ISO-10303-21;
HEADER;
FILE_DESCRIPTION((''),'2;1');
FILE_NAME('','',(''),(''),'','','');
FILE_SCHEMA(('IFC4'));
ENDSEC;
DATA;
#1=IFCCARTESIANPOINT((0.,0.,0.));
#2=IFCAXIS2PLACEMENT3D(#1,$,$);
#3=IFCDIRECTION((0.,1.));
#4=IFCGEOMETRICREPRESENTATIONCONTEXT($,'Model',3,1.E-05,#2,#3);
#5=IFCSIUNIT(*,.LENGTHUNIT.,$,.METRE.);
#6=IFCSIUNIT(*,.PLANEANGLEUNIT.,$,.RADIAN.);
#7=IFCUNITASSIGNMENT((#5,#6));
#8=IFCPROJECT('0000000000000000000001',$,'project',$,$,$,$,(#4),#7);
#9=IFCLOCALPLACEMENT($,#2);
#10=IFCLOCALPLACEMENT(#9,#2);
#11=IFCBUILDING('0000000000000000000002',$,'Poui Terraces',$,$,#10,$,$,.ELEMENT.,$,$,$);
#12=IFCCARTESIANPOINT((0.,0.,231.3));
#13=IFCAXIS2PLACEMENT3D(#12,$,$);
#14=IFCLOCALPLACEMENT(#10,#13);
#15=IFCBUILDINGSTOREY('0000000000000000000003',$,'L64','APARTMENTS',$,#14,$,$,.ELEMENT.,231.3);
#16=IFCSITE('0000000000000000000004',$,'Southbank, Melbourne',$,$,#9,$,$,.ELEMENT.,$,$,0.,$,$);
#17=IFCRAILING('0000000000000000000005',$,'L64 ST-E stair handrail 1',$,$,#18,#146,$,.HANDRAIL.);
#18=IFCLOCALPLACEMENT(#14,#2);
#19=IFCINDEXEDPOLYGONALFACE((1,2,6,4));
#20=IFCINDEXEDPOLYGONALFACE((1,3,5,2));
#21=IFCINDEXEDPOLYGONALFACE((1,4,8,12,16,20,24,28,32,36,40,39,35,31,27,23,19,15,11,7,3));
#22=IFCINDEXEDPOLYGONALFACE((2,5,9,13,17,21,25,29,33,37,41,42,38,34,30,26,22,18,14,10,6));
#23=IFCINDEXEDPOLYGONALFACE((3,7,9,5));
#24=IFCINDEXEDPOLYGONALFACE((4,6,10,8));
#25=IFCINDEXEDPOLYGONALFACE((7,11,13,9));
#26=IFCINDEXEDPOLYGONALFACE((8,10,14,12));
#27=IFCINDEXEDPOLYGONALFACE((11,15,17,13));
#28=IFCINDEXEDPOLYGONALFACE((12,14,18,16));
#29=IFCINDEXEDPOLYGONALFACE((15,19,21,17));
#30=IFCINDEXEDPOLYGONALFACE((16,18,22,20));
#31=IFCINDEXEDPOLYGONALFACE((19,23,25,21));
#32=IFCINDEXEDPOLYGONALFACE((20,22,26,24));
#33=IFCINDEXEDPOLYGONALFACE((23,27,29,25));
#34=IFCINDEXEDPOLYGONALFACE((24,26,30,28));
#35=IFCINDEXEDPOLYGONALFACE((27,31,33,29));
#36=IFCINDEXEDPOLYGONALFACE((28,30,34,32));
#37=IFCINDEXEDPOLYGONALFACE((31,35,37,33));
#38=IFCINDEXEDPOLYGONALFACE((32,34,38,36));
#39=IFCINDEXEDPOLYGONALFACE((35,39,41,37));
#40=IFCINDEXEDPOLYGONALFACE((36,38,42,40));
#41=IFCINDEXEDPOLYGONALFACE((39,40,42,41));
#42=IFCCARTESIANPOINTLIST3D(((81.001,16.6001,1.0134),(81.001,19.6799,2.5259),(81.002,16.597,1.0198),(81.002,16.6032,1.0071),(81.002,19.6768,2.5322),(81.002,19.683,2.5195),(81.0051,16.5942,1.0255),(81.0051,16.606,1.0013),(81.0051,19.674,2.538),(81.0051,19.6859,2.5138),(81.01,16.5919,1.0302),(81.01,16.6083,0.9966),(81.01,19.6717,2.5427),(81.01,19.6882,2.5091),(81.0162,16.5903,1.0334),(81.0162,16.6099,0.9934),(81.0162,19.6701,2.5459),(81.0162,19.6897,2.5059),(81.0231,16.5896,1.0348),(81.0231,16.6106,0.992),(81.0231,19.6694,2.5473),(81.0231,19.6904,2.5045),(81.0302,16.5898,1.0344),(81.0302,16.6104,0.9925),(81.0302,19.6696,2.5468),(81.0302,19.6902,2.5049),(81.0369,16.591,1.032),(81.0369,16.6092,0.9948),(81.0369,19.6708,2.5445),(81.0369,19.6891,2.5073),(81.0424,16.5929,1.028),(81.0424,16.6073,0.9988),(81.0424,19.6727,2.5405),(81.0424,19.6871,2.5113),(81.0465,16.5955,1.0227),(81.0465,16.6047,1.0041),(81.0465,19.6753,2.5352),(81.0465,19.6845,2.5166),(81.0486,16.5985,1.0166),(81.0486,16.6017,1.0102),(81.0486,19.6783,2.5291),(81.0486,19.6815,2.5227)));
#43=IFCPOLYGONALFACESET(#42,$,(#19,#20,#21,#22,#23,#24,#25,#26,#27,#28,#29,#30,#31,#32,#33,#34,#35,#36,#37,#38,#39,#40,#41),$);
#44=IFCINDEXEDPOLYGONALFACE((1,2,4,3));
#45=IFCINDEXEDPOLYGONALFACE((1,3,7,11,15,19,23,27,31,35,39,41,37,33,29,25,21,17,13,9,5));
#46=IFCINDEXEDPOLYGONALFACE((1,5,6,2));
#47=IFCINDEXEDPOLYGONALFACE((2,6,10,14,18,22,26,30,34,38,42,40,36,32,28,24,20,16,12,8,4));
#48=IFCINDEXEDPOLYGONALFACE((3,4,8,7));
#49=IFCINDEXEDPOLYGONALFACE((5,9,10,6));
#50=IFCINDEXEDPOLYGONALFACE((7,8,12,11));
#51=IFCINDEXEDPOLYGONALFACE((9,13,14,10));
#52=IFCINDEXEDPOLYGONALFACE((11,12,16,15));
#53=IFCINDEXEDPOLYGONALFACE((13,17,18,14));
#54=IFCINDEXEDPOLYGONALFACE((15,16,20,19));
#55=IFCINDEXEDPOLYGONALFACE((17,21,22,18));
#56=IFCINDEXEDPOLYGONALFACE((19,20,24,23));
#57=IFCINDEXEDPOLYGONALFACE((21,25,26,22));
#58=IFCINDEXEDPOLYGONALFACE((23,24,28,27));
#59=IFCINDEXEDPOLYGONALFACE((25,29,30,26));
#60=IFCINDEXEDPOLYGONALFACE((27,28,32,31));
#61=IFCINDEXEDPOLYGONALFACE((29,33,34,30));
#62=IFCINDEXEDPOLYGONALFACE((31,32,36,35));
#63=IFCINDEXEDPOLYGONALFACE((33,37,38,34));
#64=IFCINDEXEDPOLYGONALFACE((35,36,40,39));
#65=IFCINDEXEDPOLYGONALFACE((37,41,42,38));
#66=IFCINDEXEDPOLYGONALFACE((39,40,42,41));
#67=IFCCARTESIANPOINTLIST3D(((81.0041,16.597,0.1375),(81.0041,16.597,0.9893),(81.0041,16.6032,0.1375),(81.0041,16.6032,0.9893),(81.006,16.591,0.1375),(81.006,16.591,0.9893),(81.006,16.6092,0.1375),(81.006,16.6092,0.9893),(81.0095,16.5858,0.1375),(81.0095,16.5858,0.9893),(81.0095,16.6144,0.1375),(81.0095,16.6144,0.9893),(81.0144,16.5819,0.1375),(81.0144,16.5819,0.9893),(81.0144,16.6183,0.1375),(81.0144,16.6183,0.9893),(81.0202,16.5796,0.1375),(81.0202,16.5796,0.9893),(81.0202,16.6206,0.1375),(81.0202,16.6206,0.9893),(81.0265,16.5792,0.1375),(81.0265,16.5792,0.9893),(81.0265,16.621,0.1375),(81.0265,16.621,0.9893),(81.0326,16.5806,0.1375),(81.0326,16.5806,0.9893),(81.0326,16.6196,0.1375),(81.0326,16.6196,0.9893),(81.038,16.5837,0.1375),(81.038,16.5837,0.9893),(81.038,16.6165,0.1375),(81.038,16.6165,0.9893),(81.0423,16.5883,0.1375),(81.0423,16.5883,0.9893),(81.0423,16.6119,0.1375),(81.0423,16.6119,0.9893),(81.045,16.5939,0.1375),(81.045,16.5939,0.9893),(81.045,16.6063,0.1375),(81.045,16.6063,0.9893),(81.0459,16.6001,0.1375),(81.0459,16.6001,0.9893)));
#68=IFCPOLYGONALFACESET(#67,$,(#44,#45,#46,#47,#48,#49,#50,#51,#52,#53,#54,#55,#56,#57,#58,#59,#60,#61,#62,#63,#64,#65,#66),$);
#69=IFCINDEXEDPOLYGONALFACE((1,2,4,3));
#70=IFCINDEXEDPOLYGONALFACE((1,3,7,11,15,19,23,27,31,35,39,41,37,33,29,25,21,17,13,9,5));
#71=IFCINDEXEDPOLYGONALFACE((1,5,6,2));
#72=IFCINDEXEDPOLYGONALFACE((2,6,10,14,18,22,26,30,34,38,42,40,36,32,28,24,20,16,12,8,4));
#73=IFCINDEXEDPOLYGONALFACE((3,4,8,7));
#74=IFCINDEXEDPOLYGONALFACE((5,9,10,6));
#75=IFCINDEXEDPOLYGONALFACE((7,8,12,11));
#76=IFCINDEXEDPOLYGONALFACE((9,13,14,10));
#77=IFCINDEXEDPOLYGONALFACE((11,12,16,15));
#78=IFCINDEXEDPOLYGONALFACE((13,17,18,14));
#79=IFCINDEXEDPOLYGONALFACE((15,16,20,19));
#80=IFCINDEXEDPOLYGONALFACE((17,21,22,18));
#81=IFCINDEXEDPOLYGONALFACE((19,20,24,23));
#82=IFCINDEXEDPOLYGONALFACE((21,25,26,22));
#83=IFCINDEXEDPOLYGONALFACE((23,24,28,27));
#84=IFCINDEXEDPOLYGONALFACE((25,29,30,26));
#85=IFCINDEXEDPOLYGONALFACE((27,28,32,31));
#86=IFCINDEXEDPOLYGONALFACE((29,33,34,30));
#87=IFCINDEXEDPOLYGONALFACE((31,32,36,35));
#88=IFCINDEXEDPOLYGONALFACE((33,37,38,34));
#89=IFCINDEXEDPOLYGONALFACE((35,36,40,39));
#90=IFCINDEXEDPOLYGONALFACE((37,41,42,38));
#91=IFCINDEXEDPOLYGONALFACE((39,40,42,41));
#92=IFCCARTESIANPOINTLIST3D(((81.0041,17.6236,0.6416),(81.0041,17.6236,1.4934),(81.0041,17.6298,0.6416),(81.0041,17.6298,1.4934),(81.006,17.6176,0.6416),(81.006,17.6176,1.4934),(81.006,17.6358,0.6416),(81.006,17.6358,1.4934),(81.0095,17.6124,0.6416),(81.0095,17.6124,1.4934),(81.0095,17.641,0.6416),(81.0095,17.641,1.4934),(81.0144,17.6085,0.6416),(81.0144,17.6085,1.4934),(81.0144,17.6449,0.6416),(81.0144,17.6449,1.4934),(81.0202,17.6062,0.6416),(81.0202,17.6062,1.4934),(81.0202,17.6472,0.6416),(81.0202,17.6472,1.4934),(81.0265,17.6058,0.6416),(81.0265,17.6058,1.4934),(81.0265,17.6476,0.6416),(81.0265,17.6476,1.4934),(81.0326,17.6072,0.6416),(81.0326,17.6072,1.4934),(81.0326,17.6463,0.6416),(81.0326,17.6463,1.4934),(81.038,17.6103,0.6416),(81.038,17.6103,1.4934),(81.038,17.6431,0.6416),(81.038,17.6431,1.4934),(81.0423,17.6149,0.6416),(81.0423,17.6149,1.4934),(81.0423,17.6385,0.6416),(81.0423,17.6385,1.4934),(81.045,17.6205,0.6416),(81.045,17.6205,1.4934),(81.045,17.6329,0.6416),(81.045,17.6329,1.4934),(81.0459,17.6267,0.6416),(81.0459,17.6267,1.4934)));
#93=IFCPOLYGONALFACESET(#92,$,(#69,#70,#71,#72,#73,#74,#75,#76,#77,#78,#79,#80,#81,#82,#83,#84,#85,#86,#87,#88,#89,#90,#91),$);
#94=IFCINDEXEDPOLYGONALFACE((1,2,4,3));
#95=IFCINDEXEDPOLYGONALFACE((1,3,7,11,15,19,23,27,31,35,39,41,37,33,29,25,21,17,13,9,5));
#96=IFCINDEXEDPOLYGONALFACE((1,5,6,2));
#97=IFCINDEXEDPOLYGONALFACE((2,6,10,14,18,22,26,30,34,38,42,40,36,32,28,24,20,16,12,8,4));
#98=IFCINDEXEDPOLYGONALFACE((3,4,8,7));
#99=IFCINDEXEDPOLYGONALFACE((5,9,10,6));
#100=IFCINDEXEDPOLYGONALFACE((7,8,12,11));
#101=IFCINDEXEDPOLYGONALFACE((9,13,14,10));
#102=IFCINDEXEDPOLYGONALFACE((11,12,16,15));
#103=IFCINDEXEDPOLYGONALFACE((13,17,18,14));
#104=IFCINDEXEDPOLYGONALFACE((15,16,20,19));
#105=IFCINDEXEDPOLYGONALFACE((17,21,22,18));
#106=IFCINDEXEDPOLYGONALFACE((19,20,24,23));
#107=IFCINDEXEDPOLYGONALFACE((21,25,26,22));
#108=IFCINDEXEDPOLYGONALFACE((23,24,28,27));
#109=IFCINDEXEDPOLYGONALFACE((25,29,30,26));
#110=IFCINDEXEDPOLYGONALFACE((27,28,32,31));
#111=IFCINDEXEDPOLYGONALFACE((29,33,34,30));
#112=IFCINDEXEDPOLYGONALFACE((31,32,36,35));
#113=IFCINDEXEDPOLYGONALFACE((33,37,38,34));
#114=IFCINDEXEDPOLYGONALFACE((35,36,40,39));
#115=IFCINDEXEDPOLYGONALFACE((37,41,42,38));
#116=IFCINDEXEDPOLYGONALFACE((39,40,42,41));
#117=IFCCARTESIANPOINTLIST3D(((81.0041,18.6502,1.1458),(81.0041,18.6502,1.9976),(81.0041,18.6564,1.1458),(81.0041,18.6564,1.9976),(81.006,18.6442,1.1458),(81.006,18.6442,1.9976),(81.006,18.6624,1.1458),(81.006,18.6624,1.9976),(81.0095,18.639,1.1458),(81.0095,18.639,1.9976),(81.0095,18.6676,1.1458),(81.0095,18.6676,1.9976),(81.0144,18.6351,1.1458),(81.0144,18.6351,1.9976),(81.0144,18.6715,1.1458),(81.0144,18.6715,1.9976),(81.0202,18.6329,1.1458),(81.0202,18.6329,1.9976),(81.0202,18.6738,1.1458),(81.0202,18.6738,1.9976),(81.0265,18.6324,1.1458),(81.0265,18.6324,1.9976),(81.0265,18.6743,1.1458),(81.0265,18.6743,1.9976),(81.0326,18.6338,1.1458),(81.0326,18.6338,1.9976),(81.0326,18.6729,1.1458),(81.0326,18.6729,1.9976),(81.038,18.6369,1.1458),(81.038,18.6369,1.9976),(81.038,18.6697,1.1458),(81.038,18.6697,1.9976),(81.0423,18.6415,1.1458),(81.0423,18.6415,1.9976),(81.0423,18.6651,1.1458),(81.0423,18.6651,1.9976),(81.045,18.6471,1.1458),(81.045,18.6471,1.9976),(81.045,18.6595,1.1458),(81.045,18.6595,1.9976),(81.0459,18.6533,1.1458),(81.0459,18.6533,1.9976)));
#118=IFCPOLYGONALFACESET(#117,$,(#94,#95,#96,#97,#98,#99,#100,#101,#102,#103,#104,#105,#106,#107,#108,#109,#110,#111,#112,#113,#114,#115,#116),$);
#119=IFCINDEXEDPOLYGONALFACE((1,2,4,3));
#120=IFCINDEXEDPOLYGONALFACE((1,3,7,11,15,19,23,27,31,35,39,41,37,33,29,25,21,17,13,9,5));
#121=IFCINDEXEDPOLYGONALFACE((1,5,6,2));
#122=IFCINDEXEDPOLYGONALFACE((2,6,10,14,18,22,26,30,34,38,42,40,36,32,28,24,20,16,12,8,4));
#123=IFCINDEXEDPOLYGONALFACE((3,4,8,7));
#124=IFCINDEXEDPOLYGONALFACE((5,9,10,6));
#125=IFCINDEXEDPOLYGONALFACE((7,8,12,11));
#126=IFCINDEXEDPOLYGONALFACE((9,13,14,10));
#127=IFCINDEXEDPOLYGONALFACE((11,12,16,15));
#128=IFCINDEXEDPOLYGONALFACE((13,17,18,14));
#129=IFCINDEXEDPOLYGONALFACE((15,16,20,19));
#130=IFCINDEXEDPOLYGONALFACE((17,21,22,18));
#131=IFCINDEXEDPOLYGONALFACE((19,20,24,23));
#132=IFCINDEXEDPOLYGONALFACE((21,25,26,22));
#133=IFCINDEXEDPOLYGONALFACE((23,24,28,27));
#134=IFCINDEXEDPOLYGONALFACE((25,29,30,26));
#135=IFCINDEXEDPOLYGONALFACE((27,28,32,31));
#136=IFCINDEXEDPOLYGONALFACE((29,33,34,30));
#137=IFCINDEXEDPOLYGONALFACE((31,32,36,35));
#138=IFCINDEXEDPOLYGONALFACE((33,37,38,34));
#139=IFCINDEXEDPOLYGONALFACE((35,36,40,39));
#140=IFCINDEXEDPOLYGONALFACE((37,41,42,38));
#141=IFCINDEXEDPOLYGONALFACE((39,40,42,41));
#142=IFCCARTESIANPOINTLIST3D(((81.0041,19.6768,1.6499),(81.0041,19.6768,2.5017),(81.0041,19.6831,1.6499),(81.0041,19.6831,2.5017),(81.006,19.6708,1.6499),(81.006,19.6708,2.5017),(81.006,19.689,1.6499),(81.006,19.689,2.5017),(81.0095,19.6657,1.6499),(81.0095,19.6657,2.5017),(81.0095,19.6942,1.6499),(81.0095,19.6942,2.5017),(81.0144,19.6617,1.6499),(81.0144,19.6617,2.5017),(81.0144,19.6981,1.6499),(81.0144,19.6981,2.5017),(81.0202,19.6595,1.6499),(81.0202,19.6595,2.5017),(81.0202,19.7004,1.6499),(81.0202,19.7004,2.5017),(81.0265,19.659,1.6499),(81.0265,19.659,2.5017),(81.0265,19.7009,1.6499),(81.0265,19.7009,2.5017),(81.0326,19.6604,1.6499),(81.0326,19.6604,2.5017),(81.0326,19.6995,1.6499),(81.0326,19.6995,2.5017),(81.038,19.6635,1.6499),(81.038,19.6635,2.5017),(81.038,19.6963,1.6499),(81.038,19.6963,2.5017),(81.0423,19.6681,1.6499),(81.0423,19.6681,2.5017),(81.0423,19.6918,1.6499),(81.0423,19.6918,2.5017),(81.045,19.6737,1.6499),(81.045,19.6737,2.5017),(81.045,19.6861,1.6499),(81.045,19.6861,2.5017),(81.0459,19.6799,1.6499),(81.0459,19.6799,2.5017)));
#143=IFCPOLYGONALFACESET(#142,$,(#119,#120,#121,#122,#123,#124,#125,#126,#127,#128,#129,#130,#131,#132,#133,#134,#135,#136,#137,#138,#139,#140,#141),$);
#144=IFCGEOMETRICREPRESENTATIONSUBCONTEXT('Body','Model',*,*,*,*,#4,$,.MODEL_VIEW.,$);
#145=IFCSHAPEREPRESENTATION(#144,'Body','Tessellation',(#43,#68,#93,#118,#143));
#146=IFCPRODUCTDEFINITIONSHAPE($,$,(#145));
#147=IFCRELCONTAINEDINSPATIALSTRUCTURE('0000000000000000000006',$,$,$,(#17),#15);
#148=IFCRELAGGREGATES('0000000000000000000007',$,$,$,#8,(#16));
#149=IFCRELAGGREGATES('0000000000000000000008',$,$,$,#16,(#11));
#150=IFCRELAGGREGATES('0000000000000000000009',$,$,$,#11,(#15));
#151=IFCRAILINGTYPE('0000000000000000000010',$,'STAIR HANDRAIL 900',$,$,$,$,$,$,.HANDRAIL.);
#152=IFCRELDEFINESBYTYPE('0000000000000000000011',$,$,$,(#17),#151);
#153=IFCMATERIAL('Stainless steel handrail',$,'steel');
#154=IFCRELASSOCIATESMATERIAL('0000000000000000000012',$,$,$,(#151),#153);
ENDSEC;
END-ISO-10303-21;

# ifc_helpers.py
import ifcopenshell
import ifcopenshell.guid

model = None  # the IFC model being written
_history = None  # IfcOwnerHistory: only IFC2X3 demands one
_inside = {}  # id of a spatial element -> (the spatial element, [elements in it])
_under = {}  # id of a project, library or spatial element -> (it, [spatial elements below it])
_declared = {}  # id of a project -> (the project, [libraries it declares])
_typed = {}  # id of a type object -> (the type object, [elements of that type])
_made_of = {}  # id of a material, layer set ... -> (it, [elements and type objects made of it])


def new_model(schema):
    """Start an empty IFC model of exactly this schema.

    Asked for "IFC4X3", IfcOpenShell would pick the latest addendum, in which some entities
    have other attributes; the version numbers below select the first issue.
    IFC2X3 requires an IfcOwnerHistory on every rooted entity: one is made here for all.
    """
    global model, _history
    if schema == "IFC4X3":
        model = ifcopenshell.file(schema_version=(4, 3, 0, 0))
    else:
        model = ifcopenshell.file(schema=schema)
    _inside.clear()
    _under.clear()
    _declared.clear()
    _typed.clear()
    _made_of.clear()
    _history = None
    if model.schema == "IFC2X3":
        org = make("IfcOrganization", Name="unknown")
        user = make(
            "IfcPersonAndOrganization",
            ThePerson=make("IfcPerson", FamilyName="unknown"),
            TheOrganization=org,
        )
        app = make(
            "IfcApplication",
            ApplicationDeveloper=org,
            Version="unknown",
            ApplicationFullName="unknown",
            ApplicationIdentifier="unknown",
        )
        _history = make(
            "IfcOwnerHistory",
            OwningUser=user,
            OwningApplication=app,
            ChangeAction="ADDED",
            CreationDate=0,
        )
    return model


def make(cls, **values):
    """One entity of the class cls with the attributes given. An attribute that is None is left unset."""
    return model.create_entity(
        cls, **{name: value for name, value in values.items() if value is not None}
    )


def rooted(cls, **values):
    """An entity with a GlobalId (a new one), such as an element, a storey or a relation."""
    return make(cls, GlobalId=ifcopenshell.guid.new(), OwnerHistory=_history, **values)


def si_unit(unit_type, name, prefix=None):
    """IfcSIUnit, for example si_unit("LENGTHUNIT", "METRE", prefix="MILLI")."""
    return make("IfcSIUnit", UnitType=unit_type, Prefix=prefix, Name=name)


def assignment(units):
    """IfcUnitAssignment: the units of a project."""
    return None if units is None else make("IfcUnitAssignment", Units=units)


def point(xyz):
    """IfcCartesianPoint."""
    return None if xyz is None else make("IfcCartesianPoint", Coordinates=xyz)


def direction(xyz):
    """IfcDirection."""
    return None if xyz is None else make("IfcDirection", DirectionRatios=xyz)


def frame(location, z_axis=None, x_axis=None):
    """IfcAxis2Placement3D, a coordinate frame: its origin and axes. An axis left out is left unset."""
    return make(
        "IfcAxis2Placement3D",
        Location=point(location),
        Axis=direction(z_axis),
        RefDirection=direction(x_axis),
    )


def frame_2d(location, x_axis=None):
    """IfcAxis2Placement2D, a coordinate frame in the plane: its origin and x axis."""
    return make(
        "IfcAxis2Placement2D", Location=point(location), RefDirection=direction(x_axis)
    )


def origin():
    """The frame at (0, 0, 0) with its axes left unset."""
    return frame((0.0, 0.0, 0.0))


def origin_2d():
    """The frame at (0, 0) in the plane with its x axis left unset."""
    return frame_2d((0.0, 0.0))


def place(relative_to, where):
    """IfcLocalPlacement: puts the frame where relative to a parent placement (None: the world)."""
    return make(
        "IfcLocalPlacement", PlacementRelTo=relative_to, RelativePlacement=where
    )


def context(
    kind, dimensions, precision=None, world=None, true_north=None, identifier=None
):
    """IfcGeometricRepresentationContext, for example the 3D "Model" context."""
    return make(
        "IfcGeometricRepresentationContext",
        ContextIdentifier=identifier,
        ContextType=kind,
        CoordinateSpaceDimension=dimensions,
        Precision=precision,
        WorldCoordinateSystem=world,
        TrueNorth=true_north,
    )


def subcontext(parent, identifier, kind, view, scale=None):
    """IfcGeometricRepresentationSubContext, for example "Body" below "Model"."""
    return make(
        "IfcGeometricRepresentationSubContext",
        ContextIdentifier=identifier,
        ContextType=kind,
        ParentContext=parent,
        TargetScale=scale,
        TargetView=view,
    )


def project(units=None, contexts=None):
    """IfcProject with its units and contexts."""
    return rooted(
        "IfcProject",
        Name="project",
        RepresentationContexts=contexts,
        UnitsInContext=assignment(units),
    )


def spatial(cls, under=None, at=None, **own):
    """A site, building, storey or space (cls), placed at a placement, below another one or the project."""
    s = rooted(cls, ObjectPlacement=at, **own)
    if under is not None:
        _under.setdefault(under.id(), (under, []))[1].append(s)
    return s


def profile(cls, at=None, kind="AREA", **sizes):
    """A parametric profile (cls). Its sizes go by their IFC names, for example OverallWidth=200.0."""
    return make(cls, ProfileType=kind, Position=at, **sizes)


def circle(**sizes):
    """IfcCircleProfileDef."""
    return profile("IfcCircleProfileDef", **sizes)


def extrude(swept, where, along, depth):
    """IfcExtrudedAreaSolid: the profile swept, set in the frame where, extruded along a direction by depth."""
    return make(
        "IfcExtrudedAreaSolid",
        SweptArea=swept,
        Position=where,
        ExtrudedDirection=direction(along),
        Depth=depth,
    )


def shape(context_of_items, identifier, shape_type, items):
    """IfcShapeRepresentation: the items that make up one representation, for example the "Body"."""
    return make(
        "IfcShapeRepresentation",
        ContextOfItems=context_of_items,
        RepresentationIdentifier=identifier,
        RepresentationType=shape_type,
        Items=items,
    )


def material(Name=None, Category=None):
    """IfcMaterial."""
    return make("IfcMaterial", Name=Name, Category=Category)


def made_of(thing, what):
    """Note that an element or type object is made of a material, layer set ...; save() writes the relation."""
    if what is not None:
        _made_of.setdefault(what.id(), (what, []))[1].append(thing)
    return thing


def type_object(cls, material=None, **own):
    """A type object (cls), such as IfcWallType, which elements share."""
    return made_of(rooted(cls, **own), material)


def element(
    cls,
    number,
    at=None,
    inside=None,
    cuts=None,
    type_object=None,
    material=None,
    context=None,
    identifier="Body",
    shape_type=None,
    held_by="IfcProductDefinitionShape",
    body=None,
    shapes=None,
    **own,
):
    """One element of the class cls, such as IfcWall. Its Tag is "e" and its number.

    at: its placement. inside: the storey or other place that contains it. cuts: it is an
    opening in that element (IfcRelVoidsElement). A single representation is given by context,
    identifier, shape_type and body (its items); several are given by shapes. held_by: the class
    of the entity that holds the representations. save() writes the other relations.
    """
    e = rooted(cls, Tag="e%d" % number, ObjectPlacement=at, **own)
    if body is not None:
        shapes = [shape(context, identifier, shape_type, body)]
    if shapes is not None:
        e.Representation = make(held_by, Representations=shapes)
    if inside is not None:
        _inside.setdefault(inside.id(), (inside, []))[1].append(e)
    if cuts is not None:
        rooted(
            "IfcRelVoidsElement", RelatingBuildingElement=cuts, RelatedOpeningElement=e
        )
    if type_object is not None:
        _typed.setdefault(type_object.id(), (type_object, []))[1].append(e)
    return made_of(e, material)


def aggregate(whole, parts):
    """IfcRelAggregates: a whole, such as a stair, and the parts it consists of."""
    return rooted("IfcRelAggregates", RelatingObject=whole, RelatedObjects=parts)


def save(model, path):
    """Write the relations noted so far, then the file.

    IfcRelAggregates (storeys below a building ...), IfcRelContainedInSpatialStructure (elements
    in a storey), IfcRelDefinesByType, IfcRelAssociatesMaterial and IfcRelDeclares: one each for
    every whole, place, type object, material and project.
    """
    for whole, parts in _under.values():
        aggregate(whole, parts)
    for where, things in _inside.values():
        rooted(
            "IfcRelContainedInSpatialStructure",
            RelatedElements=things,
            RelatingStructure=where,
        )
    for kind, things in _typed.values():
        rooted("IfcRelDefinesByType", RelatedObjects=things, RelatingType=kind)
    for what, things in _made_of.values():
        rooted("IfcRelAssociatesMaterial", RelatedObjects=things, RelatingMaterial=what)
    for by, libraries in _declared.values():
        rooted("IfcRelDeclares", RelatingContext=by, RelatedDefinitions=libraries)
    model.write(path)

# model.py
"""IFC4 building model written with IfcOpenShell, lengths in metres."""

from ifc_helpers import new_model, si_unit, direction, frame, origin, origin_2d, place, context, subcontext, project, spatial, circle, extrude, material, type_object, element, save


model = new_model("IFC4")

# Units and contexts
model_context = context("Model", 3, precision=1e-05, world=origin(), true_north=direction((0.0, 1.0)))
body_context = subcontext(model_context, "Body", "Model", "MODEL_VIEW")
ifc_project = project(units=[si_unit("LENGTHUNIT", "METRE"), si_unit("PLANEANGLEUNIT", "RADIAN")], contexts=[model_context])

# Site, building, storey
site_placement = place(None, origin())
site = spatial("IfcSite", under=ifc_project, at=site_placement, Name="Southbank, Melbourne", CompositionType="ELEMENT", RefElevation=0.0)
building_placement = place(site_placement, origin())
building = spatial("IfcBuilding", under=site, at=building_placement, Name="Poui Terraces", CompositionType="ELEMENT")
storey_placement = place(building_placement, frame((0.0, 0.0, 231.3)))
storey = spatial("IfcBuildingStorey", under=building, at=storey_placement, Name="L64", Description="APARTMENTS", CompositionType="ELEMENT", Elevation=231.3)

# Railing
ifc_material_1 = material(Name="Stainless steel handrail", Category="steel")
railing_type_1 = type_object("IfcRailingType", Name="STAIR HANDRAIL 900", PredefinedType="HANDRAIL", material=ifc_material_1)
railing_1_placement = place(storey_placement, frame((81.0249, 16.6001, 0.1375)))
element("IfcRailing", 1, at=railing_1_placement, inside=storey, type_object=railing_type_1, Name="L64 ST-E stair handrail 1", PredefinedType="HANDRAIL", context=body_context, shape_type="SweptSolid", body=[
    extrude(circle(Radius=0.0239, at=origin_2d()), frame((0.0, 0.0, 0.876), z_axis=(0.0, 0.897606, 0.440798), x_axis=(-1.0, 0.0, 0.0)), (0.0, 0.0, 1.0), 3.4312),
    extrude(circle(Radius=0.021, at=origin_2d()), origin(), (0.0, 0.0, 1.0), 0.8518),
    extrude(circle(Radius=0.021, at=origin_2d()), frame((0.0, 1.0266, 0.5042)), (0.0, 0.0, 1.0), 0.8518),
    extrude(circle(Radius=0.021, at=origin_2d()), frame((0.0, 2.0532, 1.0083)), (0.0, 0.0, 1.0), 0.8518),
    extrude(circle(Radius=0.021, at=origin_2d()), frame((0.0, 3.0798, 1.5125)), (0.0, 0.0, 1.0), 0.8518),
])

save(model, "model.ifc")
